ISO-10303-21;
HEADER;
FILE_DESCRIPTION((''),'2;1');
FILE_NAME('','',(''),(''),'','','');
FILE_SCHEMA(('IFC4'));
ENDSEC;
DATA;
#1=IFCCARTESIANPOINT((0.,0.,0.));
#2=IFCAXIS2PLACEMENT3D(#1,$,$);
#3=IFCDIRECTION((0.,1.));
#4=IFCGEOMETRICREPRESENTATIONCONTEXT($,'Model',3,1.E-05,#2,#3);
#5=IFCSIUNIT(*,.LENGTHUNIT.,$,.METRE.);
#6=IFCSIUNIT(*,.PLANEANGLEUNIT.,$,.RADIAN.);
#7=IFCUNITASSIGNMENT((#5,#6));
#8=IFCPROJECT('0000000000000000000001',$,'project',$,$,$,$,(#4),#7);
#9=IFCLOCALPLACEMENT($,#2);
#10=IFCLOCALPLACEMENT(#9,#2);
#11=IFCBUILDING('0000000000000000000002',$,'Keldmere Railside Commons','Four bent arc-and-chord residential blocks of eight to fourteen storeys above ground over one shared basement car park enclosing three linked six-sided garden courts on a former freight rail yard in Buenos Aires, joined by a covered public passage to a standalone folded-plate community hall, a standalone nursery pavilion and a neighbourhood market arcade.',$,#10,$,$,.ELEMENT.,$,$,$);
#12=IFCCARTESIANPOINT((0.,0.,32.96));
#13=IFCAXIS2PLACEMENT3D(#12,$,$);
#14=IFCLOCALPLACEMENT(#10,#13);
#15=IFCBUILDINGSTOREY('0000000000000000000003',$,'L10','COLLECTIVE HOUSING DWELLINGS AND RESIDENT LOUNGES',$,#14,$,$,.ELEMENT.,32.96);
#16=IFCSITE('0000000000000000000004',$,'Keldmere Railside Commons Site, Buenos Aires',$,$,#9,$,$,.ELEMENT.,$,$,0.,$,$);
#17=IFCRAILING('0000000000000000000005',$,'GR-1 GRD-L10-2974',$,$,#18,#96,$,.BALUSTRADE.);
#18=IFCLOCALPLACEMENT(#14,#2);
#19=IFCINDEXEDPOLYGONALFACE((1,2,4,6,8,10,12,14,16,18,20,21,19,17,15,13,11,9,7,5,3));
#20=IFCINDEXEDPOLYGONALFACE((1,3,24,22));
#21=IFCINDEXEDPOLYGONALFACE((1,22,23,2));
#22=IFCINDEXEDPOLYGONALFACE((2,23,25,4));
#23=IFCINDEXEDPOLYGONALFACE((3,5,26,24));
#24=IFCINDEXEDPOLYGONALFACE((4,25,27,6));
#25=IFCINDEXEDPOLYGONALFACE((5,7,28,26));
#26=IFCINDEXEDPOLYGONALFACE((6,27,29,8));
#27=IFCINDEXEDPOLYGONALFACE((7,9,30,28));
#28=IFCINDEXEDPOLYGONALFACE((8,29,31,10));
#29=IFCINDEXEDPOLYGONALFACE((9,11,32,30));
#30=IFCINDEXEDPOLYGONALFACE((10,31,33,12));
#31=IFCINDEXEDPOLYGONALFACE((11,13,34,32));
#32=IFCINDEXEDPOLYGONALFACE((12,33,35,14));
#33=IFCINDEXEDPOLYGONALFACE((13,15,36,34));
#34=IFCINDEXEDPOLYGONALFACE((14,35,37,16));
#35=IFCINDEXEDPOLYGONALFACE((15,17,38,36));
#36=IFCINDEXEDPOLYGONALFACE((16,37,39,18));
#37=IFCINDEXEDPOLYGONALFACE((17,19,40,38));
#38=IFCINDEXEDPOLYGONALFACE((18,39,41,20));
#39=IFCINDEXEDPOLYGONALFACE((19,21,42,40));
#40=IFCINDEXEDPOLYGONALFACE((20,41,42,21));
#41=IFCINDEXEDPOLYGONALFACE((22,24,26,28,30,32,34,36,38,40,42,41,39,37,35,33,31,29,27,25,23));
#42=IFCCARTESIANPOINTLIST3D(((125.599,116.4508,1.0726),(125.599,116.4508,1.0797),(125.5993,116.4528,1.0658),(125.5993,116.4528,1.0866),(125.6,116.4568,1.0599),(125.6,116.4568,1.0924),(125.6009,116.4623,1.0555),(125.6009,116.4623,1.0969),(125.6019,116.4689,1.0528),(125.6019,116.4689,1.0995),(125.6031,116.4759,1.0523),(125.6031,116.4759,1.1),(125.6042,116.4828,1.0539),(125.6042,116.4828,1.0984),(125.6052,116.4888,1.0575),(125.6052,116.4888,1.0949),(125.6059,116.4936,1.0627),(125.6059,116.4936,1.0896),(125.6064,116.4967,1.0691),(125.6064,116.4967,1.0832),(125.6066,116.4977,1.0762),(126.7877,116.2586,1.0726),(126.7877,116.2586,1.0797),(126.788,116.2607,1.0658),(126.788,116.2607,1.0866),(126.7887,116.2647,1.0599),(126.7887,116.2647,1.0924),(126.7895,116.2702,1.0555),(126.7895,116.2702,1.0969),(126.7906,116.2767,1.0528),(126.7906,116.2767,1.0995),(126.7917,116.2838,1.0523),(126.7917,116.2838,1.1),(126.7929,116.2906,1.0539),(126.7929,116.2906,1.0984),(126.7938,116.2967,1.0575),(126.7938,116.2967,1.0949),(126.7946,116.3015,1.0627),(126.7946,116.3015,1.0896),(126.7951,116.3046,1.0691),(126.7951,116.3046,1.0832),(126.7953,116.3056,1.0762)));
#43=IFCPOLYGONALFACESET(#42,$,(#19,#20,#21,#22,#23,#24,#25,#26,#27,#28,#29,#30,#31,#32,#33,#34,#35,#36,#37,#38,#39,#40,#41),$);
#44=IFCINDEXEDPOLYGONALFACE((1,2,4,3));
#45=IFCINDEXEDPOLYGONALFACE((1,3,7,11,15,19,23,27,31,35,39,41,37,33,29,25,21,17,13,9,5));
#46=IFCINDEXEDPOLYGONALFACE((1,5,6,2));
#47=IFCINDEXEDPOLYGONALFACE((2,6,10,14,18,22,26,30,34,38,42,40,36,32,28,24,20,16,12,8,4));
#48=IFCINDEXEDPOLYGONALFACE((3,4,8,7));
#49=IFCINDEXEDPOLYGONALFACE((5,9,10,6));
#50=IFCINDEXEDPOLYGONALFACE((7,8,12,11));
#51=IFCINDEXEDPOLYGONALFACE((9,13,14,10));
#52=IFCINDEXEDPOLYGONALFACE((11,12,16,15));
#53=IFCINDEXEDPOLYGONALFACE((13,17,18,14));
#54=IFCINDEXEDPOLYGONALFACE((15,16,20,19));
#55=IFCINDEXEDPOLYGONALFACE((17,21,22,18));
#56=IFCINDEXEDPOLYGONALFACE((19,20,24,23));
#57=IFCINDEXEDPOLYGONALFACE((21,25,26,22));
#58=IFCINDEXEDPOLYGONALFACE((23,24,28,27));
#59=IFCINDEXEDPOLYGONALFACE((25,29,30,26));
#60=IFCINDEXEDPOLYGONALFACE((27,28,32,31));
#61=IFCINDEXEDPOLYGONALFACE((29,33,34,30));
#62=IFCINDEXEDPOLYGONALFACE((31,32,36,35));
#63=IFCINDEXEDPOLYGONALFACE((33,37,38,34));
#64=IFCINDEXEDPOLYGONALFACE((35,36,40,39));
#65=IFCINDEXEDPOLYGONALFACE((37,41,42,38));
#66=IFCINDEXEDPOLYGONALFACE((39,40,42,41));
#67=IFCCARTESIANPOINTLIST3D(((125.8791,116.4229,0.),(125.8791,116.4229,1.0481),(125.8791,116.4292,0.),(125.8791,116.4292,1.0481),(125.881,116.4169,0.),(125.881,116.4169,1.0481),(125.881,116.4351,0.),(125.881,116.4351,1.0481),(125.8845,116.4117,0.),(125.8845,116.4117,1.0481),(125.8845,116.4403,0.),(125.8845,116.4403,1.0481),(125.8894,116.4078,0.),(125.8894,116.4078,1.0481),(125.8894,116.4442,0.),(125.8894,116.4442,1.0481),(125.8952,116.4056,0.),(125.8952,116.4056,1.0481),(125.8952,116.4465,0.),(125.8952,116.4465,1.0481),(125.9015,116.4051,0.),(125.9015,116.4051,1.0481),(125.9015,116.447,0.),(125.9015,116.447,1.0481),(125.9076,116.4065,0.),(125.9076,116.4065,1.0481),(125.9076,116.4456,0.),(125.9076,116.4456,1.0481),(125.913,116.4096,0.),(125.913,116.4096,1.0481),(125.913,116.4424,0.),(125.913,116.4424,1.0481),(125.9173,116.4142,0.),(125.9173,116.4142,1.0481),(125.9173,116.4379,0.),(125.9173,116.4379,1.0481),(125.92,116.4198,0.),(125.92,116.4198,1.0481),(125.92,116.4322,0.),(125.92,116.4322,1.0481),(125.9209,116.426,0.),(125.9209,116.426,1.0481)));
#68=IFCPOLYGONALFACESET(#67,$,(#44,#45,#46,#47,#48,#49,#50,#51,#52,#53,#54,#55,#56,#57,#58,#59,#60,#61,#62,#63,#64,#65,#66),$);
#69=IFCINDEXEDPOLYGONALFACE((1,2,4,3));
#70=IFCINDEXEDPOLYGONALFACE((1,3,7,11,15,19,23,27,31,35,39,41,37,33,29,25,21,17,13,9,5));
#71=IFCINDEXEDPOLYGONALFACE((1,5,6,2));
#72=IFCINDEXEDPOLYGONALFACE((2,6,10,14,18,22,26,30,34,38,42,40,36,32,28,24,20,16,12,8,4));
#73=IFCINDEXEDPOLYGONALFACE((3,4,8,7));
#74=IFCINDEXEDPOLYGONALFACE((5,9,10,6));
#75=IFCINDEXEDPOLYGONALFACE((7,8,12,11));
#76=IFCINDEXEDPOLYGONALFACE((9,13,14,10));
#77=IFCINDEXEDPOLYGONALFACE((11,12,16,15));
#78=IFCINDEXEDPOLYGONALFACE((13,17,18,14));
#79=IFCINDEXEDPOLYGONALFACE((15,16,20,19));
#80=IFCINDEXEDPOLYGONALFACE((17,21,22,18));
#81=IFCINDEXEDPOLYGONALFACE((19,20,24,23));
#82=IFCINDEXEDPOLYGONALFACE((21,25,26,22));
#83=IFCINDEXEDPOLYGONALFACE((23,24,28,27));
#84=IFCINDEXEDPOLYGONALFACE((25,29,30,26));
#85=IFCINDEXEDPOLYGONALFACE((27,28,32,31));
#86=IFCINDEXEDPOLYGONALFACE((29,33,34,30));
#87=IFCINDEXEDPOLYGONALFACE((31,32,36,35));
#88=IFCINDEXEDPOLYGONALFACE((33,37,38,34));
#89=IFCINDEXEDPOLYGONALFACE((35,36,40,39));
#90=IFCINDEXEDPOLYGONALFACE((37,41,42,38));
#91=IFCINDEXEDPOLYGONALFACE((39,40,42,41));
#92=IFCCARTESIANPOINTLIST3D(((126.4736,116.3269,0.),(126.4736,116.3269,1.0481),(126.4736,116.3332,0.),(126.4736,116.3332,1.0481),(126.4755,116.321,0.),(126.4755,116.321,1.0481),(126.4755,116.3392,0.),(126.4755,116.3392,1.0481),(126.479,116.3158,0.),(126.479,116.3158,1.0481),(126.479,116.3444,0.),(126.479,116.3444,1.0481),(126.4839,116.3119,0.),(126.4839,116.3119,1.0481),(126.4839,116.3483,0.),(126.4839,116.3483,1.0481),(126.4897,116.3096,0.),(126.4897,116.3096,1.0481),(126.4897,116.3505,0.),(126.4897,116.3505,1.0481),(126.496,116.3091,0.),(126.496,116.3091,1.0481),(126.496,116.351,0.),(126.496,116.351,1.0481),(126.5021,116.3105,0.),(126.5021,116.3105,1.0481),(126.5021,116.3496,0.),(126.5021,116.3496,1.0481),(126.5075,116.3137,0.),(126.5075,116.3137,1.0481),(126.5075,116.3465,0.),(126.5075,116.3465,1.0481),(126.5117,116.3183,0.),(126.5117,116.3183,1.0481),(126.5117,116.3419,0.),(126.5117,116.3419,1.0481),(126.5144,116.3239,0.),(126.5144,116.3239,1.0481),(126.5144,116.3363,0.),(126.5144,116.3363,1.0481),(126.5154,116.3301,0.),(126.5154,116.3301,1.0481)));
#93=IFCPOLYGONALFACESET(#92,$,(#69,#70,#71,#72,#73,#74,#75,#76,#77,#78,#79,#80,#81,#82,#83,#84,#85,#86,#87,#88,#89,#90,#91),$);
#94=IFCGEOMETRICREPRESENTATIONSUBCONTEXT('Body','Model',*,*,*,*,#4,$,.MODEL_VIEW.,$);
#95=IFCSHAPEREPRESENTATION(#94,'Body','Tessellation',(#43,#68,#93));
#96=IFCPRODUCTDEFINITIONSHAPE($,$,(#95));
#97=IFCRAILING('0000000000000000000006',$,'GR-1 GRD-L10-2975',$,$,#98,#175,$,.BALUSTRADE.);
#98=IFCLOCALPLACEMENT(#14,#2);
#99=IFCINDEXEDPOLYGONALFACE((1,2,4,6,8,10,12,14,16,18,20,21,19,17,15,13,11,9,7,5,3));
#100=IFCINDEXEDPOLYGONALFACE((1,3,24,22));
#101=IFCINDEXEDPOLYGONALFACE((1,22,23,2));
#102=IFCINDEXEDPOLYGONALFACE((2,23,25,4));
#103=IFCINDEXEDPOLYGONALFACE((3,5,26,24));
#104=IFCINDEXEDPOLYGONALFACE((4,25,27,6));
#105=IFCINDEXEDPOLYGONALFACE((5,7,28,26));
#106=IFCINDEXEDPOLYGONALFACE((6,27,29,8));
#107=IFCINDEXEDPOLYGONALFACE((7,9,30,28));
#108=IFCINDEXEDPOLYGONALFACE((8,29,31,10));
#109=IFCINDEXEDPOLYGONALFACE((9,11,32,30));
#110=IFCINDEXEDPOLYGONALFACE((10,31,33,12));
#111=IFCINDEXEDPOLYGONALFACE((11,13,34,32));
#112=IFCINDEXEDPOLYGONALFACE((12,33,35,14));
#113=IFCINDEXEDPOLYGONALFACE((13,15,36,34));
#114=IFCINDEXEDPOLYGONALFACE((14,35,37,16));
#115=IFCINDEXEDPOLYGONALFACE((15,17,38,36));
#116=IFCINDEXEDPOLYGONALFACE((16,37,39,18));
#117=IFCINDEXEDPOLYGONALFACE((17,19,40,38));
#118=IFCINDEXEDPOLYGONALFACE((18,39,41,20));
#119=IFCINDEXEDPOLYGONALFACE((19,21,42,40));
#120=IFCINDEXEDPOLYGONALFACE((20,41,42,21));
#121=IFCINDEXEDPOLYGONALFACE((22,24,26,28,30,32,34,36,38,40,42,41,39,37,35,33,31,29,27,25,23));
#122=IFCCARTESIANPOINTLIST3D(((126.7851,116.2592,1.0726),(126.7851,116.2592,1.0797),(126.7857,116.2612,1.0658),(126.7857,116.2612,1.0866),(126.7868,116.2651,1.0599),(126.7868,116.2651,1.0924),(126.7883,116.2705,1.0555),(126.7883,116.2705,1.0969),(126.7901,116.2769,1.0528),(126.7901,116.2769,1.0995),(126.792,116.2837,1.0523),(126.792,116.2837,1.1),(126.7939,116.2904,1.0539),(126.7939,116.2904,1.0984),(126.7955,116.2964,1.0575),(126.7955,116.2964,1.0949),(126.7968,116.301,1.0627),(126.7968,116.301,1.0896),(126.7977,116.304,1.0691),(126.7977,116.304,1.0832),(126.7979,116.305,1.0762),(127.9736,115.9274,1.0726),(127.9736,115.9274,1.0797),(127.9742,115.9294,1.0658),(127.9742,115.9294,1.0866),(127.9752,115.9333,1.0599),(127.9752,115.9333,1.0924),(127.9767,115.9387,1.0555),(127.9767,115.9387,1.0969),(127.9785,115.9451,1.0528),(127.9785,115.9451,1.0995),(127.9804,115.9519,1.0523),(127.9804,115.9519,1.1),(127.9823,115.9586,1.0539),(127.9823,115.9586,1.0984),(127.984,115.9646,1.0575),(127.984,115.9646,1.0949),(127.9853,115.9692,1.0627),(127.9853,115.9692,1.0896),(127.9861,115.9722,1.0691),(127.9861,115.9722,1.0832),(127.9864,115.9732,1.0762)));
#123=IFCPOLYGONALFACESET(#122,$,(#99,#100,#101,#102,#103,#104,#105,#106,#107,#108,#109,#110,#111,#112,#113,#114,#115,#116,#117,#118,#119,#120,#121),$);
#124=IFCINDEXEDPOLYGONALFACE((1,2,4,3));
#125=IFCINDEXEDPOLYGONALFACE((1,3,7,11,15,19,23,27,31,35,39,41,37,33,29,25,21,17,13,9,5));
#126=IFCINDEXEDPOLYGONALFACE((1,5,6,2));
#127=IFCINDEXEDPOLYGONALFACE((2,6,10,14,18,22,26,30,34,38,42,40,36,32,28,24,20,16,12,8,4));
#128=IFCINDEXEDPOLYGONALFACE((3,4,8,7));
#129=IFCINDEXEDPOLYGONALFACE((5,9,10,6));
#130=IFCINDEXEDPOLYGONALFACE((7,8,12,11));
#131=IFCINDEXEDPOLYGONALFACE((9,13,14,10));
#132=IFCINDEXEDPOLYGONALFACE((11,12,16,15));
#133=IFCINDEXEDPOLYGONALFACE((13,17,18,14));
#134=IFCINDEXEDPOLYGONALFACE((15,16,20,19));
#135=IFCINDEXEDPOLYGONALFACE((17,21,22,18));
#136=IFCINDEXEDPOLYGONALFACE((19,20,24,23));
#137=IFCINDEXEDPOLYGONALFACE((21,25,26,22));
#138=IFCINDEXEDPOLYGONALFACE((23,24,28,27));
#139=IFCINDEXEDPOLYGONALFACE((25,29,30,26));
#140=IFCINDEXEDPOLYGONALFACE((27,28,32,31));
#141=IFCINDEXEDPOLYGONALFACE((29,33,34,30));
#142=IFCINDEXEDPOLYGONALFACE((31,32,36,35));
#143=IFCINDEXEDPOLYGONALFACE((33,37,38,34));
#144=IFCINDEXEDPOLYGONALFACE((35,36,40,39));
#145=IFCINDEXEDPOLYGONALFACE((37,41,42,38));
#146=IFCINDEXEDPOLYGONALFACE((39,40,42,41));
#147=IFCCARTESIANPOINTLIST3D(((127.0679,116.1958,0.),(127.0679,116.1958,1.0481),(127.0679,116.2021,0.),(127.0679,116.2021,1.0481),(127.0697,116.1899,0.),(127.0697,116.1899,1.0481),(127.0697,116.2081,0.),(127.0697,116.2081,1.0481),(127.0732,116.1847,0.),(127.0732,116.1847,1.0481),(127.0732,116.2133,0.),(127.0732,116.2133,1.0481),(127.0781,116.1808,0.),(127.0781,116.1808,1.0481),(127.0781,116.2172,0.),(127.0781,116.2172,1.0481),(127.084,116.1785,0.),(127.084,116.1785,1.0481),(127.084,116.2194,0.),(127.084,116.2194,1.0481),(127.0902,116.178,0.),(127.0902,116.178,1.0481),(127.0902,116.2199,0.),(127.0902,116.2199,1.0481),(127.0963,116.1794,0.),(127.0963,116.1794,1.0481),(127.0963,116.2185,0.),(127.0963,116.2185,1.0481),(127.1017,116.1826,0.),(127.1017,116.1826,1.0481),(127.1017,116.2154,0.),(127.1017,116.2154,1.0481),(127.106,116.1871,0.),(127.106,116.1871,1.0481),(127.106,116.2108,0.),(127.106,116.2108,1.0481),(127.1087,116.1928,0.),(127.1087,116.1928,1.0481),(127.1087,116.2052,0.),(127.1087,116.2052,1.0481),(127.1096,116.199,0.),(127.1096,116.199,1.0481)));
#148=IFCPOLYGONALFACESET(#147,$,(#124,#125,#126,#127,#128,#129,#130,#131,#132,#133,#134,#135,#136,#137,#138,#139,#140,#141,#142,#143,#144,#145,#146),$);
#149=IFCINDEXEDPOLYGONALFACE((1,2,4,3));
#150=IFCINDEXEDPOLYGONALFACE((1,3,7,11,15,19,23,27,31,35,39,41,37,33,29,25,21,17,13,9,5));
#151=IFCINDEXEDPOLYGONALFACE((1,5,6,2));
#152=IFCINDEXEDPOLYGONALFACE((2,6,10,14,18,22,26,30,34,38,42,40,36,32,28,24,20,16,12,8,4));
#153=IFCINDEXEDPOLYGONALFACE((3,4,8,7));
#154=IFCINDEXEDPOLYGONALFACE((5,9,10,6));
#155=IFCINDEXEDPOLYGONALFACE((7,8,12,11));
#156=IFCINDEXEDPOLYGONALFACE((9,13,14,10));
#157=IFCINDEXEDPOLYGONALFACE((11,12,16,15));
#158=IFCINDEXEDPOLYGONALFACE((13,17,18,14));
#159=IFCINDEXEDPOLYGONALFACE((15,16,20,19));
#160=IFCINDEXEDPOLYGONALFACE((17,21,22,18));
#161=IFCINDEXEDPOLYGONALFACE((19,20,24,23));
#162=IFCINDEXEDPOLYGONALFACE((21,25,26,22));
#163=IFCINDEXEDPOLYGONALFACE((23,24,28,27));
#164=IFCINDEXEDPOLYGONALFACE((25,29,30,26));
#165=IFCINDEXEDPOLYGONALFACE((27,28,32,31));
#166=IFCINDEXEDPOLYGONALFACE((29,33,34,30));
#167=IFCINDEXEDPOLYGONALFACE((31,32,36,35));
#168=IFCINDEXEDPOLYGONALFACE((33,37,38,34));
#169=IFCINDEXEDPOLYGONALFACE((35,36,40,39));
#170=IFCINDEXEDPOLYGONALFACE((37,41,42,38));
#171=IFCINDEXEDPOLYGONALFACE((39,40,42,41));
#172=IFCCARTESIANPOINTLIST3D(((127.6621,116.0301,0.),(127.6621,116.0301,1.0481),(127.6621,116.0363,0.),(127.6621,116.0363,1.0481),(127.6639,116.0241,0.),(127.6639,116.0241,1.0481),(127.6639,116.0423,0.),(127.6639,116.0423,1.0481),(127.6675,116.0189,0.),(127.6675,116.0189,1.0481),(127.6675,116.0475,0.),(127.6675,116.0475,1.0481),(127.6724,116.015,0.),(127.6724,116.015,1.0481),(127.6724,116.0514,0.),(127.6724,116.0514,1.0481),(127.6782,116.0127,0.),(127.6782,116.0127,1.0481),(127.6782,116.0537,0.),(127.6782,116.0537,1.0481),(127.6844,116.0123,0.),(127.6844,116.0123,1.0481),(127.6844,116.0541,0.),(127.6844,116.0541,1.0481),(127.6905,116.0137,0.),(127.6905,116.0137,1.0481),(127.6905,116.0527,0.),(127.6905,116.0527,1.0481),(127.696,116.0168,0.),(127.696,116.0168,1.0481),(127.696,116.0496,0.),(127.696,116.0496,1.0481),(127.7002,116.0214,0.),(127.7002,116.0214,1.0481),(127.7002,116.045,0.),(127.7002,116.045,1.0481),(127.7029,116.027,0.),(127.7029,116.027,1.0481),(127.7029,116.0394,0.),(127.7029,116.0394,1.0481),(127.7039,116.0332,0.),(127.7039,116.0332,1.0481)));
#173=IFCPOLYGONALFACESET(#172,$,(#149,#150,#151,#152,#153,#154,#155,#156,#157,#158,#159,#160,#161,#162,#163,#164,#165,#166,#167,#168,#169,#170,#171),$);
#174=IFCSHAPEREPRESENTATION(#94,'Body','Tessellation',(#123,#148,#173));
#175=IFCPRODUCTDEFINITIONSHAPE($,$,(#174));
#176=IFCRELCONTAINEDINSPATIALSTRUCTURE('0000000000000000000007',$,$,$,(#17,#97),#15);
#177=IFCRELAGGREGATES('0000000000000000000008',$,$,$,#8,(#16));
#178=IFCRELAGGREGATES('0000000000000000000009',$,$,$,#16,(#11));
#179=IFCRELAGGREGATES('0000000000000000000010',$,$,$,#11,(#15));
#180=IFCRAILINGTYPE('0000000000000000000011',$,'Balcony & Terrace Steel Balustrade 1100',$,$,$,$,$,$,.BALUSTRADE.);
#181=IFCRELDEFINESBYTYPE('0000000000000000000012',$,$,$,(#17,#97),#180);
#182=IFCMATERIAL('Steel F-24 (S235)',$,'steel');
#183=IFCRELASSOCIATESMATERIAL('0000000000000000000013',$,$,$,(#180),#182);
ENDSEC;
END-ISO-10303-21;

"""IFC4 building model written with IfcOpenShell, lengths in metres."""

from ifc_helpers import new_model, si_unit, direction, frame, origin, origin_2d, place, context, subcontext, project, spatial, circle, extrude, material, type_object, element, save


model = new_model("IFC4")

# Units and contexts
model_context = context("Model", 3, precision=1e-05, world=origin(), true_north=direction((0.0, 1.0)))
body_context = subcontext(model_context, "Body", "Model", "MODEL_VIEW")
ifc_project = project(units=[si_unit("LENGTHUNIT", "METRE"), si_unit("PLANEANGLEUNIT", "RADIAN")], contexts=[model_context])

# Site, building, storey
site_placement = place(None, origin())
site = spatial("IfcSite", under=ifc_project, at=site_placement, Name="Keldmere Railside Commons Site, Buenos Aires", CompositionType="ELEMENT", RefElevation=0.0)
building_placement = place(site_placement, origin())
building = spatial("IfcBuilding", under=site, at=building_placement, Name="Keldmere Railside Commons", Description="Four bent arc-and-chord residential blocks of eight to fourteen storeys above ground over one shared basement car park enclosing three linked six-sided garden courts on a former freight rail yard in Buenos Aires, joined by a covered public passage to a standalone folded-plate community hall, a standalone nursery pavilion and a neighbourhood market arcade.", CompositionType="ELEMENT")
storey_placement = place(building_placement, frame((0.0, 0.0, 32.96)))
storey = spatial("IfcBuildingStorey", under=building, at=storey_placement, Name="L10", Description="COLLECTIVE HOUSING DWELLINGS AND RESIDENT LOUNGES", CompositionType="ELEMENT", Elevation=32.96)

# Railings
ifc_material_1 = material(Name="Steel F-24 (S235)", Category="steel")
railing_type = type_object("IfcRailingType", Name="Balcony & Terrace Steel Balustrade 1100", PredefinedType="BALUSTRADE", material=ifc_material_1)
railing_1_placement = place(storey_placement, frame((125.6028, 116.4741, 0.0)))
element("IfcRailing", 1, at=railing_1_placement, inside=storey, type_object=railing_type, Name="GR-1 GRD-L10-2974", PredefinedType="BALUSTRADE", context=body_context, shape_type="SweptSolid", body=[
    extrude(circle(Radius=0.0239, at=origin_2d()), frame((0.0, 0.0, 1.0762), z_axis=(0.987188, -0.159564, 0.0), x_axis=(0.159564, 0.987188, 0.0)), (0.0, 0.0, 1.0), 1.2041),
    extrude(circle(Radius=0.021, at=origin_2d()), frame((0.2971, -0.0481, 0.0)), (0.0, 0.0, 1.0), 1.0481),
    extrude(circle(Radius=0.021, at=origin_2d()), frame((0.8916, -0.144, 0.0)), (0.0, 0.0, 1.0), 1.0481),
])
railing_2_placement = place(storey_placement, frame((126.7915, 116.282, 0.0)))
element("IfcRailing", 2, at=railing_2_placement, inside=storey, type_object=railing_type, Name="GR-1 GRD-L10-2975", PredefinedType="BALUSTRADE", context=body_context, shape_type="SweptSolid", body=[
    extrude(circle(Radius=0.0239, at=origin_2d()), frame((0.0, 0.0, 1.0762), z_axis=(0.963171, -0.268889, 0.0), x_axis=(0.268889, 0.963171, 0.0)), (0.0, 0.0, 1.0), 1.2339),
    extrude(circle(Radius=0.021, at=origin_2d()), frame((0.2971, -0.083, 0.0)), (0.0, 0.0, 1.0), 1.0481),
    extrude(circle(Radius=0.021, at=origin_2d()), frame((0.8914, -0.2488, 0.0)), (0.0, 0.0, 1.0), 1.0481),
])

save(model, "model.ifc")
